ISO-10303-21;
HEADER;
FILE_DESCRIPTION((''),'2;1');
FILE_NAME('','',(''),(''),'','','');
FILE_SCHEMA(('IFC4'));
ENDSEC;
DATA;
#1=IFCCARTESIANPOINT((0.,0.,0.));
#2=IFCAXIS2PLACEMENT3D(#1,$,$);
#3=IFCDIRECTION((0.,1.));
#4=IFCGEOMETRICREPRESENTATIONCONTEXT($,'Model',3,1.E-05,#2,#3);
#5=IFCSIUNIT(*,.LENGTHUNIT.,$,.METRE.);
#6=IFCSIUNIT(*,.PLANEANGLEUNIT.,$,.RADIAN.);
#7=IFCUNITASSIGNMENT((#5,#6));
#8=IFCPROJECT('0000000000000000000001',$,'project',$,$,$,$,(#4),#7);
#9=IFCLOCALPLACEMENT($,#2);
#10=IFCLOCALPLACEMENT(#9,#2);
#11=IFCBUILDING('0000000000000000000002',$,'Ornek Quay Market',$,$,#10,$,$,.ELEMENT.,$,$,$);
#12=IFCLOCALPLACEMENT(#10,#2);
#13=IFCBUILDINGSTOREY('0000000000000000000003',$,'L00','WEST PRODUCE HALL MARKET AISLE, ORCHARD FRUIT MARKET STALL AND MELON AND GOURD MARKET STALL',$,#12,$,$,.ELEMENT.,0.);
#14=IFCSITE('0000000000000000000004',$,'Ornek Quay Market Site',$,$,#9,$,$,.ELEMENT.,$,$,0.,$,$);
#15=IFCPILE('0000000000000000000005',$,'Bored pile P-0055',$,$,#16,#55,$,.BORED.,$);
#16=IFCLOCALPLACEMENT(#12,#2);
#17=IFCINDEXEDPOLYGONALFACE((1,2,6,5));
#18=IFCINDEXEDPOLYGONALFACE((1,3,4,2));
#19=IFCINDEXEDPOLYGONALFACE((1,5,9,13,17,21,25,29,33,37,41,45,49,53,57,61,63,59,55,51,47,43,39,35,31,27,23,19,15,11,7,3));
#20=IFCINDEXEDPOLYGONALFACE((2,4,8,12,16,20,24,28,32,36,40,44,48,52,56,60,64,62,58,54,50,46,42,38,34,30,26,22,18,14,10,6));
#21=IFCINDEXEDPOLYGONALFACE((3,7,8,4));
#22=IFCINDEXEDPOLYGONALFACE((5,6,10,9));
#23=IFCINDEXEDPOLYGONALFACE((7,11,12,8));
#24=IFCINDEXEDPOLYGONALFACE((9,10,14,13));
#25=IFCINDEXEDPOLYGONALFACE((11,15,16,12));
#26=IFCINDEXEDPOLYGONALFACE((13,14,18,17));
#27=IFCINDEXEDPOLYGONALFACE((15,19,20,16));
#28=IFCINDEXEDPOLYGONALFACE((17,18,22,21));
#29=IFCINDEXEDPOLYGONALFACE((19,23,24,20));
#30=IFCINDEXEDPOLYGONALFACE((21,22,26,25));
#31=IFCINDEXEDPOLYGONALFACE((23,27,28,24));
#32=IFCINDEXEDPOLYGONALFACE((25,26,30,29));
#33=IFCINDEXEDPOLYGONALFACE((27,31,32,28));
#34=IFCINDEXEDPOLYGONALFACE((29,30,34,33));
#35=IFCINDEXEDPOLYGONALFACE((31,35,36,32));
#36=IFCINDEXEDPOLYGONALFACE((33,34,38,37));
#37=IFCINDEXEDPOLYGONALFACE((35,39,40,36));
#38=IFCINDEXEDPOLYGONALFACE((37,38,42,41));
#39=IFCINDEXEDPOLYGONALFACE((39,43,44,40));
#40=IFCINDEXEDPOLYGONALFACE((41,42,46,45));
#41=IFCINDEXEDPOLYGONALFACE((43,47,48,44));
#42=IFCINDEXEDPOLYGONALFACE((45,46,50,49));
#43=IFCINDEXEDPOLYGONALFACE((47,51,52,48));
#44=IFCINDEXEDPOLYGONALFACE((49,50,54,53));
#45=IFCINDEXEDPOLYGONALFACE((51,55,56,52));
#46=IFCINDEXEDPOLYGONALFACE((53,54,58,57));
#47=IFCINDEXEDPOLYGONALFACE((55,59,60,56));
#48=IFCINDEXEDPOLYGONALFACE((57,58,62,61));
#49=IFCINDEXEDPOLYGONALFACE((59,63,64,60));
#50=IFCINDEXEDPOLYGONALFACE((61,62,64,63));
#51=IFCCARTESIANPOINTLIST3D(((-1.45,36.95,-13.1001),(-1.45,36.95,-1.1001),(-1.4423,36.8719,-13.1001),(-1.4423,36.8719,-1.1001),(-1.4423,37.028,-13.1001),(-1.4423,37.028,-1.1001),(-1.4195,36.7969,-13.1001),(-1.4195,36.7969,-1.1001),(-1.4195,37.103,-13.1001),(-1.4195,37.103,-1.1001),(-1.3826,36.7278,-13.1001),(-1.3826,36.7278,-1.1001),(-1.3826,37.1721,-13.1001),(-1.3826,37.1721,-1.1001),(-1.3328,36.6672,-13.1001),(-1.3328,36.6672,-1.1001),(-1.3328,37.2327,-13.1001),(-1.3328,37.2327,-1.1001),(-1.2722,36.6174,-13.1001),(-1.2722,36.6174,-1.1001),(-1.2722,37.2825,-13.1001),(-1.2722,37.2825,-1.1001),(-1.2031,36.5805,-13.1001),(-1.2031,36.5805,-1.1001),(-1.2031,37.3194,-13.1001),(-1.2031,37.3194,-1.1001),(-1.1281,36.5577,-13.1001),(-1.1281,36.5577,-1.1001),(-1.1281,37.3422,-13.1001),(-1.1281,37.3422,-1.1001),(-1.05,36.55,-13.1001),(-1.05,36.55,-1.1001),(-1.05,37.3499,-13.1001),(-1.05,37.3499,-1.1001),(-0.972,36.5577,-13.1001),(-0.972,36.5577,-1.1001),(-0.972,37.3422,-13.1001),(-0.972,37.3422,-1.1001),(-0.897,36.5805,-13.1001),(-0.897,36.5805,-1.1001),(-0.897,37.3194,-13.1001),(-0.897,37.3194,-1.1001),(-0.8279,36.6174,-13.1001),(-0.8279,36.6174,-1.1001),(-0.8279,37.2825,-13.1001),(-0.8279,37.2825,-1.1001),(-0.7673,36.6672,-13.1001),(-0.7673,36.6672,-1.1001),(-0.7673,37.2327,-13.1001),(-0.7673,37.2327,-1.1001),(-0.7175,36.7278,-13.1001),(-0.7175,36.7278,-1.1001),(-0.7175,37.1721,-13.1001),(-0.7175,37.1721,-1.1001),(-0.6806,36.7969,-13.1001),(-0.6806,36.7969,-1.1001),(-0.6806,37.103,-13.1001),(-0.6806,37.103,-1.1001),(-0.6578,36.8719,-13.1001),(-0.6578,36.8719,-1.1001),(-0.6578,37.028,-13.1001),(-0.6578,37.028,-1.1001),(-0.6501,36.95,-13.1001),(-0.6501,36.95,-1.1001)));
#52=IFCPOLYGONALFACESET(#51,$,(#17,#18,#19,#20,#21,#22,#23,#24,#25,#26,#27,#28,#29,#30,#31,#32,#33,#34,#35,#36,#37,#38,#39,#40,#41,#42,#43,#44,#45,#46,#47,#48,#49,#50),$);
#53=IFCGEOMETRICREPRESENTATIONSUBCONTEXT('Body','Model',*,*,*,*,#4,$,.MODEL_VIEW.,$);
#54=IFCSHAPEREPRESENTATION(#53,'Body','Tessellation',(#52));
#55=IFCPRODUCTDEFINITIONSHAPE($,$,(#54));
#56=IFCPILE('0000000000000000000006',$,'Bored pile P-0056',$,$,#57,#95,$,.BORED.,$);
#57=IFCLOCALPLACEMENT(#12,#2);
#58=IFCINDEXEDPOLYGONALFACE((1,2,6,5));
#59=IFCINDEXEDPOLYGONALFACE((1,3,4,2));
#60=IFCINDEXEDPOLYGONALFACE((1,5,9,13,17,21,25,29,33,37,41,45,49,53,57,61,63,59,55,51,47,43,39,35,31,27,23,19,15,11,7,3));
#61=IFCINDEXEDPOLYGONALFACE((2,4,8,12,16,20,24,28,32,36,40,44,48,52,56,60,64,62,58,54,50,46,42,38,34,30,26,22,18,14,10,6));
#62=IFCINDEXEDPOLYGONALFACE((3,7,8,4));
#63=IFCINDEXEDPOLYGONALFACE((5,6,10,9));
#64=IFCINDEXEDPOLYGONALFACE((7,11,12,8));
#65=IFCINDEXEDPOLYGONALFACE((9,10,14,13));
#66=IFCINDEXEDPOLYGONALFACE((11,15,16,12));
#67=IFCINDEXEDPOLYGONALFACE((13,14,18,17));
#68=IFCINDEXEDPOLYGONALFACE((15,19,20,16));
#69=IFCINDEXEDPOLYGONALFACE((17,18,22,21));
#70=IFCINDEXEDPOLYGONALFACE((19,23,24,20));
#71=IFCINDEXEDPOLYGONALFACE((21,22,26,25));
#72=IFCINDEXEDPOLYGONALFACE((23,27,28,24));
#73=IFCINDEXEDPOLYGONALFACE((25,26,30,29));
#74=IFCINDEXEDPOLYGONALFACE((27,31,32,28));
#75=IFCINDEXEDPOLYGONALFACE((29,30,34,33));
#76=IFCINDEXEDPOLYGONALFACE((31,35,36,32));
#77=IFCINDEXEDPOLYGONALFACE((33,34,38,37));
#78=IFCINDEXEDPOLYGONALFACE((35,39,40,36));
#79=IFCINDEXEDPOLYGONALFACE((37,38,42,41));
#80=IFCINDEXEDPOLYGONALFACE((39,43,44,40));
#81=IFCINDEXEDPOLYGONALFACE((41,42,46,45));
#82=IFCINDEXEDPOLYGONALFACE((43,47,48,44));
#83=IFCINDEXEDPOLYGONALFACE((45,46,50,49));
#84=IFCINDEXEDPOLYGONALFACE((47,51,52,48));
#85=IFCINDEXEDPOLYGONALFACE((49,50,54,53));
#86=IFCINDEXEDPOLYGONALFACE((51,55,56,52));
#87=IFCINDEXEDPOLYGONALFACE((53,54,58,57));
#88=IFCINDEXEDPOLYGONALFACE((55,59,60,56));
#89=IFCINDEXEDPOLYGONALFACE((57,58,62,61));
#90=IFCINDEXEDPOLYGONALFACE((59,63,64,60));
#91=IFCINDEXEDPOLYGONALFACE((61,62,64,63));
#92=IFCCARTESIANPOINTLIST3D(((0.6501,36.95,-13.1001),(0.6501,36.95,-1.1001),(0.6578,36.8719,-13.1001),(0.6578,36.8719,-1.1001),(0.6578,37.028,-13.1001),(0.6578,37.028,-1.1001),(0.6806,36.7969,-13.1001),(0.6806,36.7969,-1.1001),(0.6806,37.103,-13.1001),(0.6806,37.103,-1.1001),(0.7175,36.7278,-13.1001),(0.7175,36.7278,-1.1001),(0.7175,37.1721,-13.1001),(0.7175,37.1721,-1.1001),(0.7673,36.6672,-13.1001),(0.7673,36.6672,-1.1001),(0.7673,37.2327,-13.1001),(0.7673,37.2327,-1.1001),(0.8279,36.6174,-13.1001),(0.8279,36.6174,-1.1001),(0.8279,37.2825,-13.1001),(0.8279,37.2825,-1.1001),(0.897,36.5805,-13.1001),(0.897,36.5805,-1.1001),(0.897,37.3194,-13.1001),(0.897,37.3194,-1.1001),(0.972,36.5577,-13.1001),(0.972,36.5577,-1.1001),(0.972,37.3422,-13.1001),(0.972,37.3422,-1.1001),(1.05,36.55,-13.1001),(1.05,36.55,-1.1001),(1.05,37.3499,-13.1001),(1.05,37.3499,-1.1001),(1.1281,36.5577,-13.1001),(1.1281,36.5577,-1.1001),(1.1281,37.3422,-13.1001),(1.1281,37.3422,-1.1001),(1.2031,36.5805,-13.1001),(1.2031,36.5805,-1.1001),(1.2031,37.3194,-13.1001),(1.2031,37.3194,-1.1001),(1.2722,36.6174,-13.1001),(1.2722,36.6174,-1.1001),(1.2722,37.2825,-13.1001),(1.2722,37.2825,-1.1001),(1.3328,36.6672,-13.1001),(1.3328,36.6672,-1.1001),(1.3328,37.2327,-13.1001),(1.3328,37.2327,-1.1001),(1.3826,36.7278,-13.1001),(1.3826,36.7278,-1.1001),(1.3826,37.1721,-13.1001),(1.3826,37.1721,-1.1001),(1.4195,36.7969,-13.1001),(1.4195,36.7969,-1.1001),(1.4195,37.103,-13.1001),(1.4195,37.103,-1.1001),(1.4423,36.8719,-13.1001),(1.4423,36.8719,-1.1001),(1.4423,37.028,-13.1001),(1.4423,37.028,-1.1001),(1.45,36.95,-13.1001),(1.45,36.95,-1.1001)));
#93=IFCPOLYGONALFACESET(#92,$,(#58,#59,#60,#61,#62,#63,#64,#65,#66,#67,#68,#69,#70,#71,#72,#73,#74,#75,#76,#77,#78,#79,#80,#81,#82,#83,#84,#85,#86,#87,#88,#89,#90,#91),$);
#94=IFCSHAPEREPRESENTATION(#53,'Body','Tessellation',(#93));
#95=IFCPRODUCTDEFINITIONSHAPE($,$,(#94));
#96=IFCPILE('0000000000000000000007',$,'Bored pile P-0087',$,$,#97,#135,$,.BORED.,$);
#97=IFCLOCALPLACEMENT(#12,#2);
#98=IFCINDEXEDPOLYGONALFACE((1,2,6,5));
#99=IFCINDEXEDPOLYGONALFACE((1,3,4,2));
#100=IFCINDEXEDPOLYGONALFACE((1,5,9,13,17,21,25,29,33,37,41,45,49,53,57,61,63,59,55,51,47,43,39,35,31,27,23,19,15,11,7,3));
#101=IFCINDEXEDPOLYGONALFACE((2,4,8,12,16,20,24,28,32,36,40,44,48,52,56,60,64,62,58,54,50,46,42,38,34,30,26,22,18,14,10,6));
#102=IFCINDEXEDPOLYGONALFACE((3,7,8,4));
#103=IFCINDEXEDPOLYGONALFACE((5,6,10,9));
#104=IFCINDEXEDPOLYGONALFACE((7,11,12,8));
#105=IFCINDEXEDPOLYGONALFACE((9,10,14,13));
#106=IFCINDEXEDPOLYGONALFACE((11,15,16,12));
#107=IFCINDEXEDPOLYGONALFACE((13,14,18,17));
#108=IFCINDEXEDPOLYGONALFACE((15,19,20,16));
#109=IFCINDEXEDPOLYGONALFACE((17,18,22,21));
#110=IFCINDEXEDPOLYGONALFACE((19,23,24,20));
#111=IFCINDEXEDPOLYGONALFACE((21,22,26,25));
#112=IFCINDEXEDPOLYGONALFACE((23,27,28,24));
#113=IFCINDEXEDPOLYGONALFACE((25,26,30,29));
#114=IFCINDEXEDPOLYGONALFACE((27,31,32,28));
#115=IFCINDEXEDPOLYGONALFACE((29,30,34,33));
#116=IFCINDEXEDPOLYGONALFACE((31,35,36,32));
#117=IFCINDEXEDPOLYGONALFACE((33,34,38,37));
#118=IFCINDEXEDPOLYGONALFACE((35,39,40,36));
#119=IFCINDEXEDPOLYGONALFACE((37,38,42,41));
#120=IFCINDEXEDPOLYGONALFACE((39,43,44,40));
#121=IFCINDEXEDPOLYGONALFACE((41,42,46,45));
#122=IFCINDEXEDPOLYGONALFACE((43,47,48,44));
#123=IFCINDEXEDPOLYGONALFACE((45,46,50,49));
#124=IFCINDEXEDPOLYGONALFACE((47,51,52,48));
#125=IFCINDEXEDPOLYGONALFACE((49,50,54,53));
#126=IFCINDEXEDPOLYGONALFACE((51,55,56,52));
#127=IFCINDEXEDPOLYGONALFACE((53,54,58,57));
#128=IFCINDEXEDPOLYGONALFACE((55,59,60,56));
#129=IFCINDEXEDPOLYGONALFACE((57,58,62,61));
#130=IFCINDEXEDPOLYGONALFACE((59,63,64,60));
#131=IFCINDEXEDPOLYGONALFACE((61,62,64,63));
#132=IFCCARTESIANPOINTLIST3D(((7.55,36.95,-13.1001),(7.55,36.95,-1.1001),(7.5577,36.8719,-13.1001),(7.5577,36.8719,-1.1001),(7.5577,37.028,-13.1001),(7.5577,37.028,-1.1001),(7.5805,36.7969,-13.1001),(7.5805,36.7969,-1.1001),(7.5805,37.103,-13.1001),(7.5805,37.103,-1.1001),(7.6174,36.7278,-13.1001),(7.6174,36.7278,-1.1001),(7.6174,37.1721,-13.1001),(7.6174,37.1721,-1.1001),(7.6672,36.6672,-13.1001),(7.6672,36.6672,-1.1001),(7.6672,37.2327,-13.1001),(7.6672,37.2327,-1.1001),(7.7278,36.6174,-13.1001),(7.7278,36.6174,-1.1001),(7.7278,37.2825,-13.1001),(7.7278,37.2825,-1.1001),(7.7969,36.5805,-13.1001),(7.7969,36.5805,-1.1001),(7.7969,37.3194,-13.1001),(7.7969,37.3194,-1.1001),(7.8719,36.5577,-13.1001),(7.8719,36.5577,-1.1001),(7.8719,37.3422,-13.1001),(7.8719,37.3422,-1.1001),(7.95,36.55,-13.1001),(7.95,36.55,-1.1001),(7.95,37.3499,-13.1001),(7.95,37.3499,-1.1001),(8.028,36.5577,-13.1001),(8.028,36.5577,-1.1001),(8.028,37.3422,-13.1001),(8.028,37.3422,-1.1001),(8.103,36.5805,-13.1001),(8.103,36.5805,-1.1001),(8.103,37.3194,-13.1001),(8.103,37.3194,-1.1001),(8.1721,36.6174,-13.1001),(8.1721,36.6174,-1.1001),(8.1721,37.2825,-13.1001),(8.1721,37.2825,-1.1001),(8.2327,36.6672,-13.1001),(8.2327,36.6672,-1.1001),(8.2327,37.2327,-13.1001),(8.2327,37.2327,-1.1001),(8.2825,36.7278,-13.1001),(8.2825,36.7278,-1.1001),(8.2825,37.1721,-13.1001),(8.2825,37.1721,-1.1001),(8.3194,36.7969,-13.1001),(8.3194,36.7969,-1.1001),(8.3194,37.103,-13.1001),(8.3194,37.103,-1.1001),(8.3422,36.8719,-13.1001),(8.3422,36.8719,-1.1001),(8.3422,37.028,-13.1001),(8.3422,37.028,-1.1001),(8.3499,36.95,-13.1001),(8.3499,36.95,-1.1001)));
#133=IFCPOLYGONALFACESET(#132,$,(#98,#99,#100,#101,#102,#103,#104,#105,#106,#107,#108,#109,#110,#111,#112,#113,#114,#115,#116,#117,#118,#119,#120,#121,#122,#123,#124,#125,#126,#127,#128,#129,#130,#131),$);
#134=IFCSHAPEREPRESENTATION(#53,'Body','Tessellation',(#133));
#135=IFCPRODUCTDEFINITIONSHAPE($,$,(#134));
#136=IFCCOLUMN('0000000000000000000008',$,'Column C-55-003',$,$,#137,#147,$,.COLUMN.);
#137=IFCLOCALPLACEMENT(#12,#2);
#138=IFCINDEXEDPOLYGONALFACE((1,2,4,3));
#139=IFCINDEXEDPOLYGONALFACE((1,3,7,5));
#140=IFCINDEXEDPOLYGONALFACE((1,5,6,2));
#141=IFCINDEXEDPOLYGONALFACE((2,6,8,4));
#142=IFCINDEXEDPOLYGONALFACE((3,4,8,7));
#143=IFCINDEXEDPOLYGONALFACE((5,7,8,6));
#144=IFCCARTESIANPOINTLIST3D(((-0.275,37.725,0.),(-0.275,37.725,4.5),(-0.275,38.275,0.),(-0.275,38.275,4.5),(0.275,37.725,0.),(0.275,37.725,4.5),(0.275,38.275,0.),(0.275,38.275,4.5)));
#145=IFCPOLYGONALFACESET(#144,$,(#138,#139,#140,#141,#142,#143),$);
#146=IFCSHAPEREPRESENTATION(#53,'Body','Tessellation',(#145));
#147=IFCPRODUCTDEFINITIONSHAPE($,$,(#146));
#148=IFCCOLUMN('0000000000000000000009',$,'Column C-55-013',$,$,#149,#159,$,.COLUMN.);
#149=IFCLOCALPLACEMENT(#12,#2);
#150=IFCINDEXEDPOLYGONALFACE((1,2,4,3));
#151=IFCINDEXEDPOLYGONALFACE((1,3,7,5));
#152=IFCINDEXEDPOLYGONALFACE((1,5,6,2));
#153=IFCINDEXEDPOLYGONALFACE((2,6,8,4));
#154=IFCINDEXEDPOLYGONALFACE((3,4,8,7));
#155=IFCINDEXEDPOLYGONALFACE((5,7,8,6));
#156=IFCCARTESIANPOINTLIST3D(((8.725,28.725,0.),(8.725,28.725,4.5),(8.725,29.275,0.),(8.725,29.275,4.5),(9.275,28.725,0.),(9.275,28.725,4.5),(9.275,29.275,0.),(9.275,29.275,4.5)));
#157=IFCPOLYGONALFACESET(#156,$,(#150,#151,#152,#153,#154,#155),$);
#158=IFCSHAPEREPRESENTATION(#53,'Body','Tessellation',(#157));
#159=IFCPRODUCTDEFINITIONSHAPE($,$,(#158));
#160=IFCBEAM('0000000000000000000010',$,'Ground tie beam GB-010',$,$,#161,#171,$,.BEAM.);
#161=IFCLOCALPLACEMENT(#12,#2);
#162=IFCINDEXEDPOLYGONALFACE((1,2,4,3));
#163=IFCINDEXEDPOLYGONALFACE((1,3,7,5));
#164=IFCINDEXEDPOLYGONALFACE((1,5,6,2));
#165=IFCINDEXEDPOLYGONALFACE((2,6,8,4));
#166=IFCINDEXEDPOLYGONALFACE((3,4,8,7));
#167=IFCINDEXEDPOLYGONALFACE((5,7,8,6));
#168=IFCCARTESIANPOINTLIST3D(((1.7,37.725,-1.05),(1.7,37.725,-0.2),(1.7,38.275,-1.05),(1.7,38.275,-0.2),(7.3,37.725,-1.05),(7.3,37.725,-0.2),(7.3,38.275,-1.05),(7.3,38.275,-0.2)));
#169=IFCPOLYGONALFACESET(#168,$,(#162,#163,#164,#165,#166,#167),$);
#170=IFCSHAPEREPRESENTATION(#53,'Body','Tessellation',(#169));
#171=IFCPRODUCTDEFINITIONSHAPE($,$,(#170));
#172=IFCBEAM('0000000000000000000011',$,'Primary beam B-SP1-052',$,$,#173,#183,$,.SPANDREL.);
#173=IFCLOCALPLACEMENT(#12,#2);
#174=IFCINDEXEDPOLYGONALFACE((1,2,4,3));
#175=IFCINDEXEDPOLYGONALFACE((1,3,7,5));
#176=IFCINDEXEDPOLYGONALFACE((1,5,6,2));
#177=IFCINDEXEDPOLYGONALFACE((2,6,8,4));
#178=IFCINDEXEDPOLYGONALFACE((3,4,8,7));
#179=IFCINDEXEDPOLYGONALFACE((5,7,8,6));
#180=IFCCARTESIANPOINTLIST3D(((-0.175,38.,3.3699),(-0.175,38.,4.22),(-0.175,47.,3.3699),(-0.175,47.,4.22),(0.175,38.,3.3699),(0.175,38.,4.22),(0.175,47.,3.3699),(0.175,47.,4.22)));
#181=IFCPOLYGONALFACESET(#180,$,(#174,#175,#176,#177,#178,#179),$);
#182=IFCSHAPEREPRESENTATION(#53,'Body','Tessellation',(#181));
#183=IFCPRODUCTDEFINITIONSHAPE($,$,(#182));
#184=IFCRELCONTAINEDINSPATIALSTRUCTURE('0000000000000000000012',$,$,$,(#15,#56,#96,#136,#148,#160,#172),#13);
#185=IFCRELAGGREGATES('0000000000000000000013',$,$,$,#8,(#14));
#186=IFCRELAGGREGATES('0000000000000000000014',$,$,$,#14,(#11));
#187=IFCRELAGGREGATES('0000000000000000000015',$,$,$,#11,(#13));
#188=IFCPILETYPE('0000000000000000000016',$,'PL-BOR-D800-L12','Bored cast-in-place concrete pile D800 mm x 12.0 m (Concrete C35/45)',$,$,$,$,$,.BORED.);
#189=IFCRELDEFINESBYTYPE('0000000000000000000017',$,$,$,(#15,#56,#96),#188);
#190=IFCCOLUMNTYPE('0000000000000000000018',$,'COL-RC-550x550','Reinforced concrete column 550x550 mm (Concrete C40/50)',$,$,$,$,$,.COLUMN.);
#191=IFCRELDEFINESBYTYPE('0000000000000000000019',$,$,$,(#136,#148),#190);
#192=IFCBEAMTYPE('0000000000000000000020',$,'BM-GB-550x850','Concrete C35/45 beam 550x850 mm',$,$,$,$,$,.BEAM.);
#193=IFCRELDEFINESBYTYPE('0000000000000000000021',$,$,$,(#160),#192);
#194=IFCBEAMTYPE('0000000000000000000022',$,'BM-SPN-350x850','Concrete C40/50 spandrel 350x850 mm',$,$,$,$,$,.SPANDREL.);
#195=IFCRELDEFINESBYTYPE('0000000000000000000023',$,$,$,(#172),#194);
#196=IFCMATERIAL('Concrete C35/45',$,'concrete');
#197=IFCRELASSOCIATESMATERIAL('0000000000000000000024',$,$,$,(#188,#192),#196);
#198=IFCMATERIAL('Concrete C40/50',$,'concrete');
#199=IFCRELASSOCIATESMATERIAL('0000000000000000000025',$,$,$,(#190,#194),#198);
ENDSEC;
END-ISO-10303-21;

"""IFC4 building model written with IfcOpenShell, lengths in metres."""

from ifc_helpers import new_model, si_unit, direction, frame, origin, origin_2d, place, context, subcontext, project, spatial, rectangle, circle, extrude, material, material_profile, profile_set, type_object, element, save


model = new_model("IFC4")

# Units and contexts
model_context = context("Model", 3, precision=1e-05, world=origin(), true_north=direction((0.0, 1.0)))
body_context = subcontext(model_context, "Body", "Model", "MODEL_VIEW")
ifc_project = project(units=[si_unit("LENGTHUNIT", "METRE"), si_unit("PLANEANGLEUNIT", "RADIAN")], contexts=[model_context])

# Site, building, storey
site_placement = place(None, origin())
site = spatial("IfcSite", under=ifc_project, at=site_placement, Name="Ornek Quay Market Site", CompositionType="ELEMENT", RefElevation=0.0)
building_placement = place(site_placement, origin())
building = spatial("IfcBuilding", under=site, at=building_placement, Name="Ornek Quay Market", CompositionType="ELEMENT")
storey_placement = place(building_placement, origin())
storey = spatial("IfcBuildingStorey", under=building, at=storey_placement, Name="L00", Description="WEST PRODUCE HALL MARKET AISLE, ORCHARD FRUIT MARKET STALL AND MELON AND GOURD MARKET STALL", CompositionType="ELEMENT", Elevation=0.0)

# Piles
ifc_material_1 = material(Name="Concrete C35/45", Category="concrete")
ifc_material_profile_1 = material_profile(ifc_material_1, circle(Radius=0.3999, at=origin_2d()), Name="PILE D800", Category="concrete")
ifc_profile_set_1 = profile_set([ifc_material_profile_1], Name="Concrete C35/45")
pile_type = type_object("IfcPileType", Name="PL-BOR-D800-L12", Description="Bored cast-in-place concrete pile D800 mm x 12.0 m (Concrete C35/45)", PredefinedType="BORED", material=ifc_profile_set_1)
for number, where, z_axis, x_axis, name in (
    (1, (-1.05, 36.95, -1.1001), (0.0, 0.0, -1.0), (1.0, 0.0, 0.0), "Bored pile P-0055"),
    (2, (1.05, 36.95, -1.1001), (0.0, 0.0, -1.0), (1.0, 0.0, 0.0), "Bored pile P-0056"),
    (3, (7.95, 36.95, -1.1001), (0.0, 0.0, -1.0), (1.0, 0.0, 0.0), "Bored pile P-0087"),
):
    element("IfcPile", number, at=place(storey_placement, frame(where, z_axis=z_axis, x_axis=x_axis)), inside=storey, type_object=pile_type, Name=name, PredefinedType="BORED", context=body_context, shape_type="SweptSolid", body=[
        extrude(circle(Radius=0.3999, at=origin_2d()), origin(), (0.0, 0.0, 1.0), 12.0),
    ])

# Columns
ifc_material_2 = material(Name="Concrete C40/50", Category="concrete")
ifc_material_profile_2 = material_profile(ifc_material_2, rectangle(XDim=0.55, YDim=0.55, at=origin_2d()), Name="RC 550x550", Category="concrete")
ifc_profile_set_2 = profile_set([ifc_material_profile_2], Name="Concrete C40/50")
column_type = type_object("IfcColumnType", Name="COL-RC-550x550", Description="Reinforced concrete column 550x550 mm (Concrete C40/50)", PredefinedType="COLUMN", material=ifc_profile_set_2)
for number, where, z_axis, x_axis, name in (
    (4, (0.0, 38.0, 0.0), (0.0, 0.0, 1.0), (1.0, 0.0, 0.0), "Column C-55-003"),
    (5, (9.0, 29.0, 0.0), (0.0, 0.0, 1.0), (1.0, 0.0, 0.0), "Column C-55-013"),
):
    element("IfcColumn", number, at=place(storey_placement, frame(where, z_axis=z_axis, x_axis=x_axis)), inside=storey, type_object=column_type, Name=name, PredefinedType="COLUMN", context=body_context, shape_type="SweptSolid", body=[
        extrude(rectangle(XDim=0.55, YDim=0.55, at=origin_2d()), origin(), (0.0, 0.0, 1.0), 4.5),
    ])

# Beams
ifc_material_profile_3 = material_profile(ifc_material_1, rectangle(XDim=0.55, YDim=0.8501, at=origin_2d()), Name="RC 550x850", Category="concrete")
ifc_profile_set_3 = profile_set([ifc_material_profile_3], Name="Concrete C35/45")
beam_type_1 = type_object("IfcBeamType", Name="BM-GB-550x850", Description="Concrete C35/45 beam 550x850 mm", PredefinedType="BEAM", material=ifc_profile_set_3)
beam_1_placement = place(storey_placement, frame((1.7, 38.0, -0.625), z_axis=(1.0, 0.0, 0.0), x_axis=(0.0, 1.0, 0.0)))
element("IfcBeam", 6, at=beam_1_placement, inside=storey, type_object=beam_type_1, Name="Ground tie beam GB-010", PredefinedType="BEAM", context=body_context, shape_type="SweptSolid", body=[
    extrude(rectangle(XDim=0.55, YDim=0.8501, at=origin_2d()), origin(), (0.0, 0.0, 1.0), 5.6001),
])
ifc_material_profile_4 = material_profile(ifc_material_2, rectangle(XDim=0.3501, YDim=0.8501, at=origin_2d()), Name="RC 350x850", Category="concrete")
ifc_profile_set_4 = profile_set([ifc_material_profile_4], Name="Concrete C40/50")
beam_type_2 = type_object("IfcBeamType", Name="BM-SPN-350x850", Description="Concrete C40/50 spandrel 350x850 mm", PredefinedType="SPANDREL", material=ifc_profile_set_4)
beam_2_placement = place(storey_placement, frame((0.0, 38.0, 3.7949), z_axis=(0.0, 1.0, 0.0), x_axis=(-1.0, 0.0, 0.0)))
element("IfcBeam", 7, at=beam_2_placement, inside=storey, type_object=beam_type_2, Name="Primary beam B-SP1-052", PredefinedType="SPANDREL", context=body_context, shape_type="SweptSolid", body=[
    extrude(rectangle(XDim=0.3501, YDim=0.8501, at=origin_2d()), origin(), (0.0, 0.0, 1.0), 9.0),
])

save(model, "model.ifc")
